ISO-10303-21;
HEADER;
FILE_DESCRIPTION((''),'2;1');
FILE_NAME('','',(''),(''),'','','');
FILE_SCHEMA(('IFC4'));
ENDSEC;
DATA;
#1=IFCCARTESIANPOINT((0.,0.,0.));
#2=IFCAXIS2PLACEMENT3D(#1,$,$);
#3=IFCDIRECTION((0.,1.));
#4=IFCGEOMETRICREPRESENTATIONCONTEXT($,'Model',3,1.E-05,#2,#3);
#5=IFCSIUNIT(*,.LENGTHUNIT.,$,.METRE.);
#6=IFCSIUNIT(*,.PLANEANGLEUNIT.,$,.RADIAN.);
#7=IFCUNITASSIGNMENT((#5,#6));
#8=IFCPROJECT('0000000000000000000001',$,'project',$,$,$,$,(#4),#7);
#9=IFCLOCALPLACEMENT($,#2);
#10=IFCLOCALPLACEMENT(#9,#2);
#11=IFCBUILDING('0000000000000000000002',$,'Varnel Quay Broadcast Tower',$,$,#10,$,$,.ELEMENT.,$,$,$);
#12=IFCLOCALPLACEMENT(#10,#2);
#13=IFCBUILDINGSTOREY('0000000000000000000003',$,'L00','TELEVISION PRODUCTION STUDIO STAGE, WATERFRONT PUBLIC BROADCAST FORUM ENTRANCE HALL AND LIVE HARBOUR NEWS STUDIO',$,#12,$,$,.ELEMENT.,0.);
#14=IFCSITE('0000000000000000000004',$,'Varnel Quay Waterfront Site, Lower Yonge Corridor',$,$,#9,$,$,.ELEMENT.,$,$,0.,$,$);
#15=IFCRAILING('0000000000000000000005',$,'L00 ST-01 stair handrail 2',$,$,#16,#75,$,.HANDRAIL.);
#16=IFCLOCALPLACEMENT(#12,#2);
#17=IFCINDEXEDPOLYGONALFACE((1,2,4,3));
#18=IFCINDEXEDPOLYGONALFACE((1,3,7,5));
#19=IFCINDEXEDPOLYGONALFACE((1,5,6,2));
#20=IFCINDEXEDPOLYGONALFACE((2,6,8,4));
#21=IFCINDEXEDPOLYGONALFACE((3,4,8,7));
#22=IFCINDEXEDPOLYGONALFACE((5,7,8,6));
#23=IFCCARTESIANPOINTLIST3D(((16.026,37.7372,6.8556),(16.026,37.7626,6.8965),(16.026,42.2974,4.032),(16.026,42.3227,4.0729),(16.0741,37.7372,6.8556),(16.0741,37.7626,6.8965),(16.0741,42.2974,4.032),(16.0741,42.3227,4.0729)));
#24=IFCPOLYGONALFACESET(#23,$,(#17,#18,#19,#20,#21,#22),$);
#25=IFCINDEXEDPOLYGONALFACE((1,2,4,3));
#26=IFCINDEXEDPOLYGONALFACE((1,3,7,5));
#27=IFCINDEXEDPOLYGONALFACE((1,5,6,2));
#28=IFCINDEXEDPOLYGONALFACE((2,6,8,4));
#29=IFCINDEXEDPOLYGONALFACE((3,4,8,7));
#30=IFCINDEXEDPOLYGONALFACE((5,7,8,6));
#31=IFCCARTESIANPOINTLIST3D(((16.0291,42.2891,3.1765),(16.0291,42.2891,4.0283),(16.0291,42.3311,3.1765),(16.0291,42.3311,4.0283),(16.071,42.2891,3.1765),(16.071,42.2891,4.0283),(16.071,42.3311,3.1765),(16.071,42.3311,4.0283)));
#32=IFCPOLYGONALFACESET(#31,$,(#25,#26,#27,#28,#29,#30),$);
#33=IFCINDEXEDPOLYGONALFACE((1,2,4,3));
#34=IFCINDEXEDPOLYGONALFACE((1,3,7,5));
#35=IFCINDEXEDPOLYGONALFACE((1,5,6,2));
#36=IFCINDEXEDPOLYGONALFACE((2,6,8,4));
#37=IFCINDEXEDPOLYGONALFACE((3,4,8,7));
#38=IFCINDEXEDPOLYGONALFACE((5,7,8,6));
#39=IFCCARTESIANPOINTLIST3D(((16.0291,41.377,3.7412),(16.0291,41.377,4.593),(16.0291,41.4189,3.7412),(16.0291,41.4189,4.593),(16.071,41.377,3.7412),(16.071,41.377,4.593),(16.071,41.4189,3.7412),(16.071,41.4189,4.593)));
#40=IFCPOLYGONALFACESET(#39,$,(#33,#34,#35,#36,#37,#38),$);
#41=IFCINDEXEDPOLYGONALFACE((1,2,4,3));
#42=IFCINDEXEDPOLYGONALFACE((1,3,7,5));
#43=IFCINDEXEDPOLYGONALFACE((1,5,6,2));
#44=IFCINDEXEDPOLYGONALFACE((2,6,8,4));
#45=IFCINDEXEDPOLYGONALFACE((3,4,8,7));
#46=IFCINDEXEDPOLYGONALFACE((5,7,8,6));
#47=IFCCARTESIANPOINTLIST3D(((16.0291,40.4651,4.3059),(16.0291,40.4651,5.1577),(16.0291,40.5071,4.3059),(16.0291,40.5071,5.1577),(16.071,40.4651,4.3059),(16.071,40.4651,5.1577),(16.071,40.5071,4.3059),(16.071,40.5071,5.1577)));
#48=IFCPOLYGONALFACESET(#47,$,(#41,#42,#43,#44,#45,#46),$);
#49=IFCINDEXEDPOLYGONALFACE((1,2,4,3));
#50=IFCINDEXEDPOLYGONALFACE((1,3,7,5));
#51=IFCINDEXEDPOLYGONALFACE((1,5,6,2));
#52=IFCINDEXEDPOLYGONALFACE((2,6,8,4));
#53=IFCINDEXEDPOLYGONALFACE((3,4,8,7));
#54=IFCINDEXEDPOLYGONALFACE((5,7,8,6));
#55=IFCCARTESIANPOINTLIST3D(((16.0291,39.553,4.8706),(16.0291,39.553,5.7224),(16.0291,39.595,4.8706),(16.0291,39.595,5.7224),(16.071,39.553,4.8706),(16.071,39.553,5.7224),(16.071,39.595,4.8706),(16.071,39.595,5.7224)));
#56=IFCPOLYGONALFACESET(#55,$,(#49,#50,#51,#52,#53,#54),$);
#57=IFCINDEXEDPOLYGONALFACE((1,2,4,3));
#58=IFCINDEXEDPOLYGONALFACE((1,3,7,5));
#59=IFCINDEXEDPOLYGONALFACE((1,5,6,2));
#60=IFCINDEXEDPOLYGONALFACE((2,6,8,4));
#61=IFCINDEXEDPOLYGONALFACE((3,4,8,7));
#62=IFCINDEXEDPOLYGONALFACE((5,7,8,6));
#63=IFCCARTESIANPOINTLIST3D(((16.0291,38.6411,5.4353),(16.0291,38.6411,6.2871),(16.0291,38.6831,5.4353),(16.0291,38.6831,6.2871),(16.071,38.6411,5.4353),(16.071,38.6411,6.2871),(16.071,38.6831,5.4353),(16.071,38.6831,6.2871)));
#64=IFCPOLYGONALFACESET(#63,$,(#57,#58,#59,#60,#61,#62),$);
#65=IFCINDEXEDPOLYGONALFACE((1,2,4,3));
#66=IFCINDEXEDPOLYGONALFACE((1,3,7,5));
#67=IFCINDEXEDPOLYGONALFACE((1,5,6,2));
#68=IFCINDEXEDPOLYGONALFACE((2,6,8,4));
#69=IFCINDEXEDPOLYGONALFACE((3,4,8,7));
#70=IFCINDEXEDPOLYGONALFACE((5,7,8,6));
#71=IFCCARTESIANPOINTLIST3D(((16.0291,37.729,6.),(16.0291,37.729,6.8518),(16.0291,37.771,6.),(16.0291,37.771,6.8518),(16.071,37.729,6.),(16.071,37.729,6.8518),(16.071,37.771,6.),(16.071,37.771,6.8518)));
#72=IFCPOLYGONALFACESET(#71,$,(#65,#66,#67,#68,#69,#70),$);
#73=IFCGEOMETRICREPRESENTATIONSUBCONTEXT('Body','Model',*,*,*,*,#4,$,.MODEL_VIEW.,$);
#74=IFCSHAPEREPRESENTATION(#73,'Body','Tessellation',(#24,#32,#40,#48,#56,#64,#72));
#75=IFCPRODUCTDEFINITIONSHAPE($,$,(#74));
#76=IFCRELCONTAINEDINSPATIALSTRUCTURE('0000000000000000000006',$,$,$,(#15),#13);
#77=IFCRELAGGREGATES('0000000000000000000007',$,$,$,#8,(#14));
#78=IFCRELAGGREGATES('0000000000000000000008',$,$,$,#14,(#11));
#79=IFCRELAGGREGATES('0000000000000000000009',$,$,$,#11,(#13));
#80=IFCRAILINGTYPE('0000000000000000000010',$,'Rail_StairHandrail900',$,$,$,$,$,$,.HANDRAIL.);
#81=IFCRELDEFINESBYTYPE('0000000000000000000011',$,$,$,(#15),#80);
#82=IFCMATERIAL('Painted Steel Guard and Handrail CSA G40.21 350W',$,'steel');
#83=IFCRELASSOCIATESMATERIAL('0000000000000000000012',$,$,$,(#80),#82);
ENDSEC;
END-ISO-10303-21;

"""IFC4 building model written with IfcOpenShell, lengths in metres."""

from ifc_helpers import new_model, si_unit, direction, frame, origin, origin_2d, place, context, subcontext, project, spatial, rectangle, extrude, material, type_object, element, save


model = new_model("IFC4")

# Units and contexts
model_context = context("Model", 3, precision=1e-05, world=origin(), true_north=direction((0.0, 1.0)))
body_context = subcontext(model_context, "Body", "Model", "MODEL_VIEW")
ifc_project = project(units=[si_unit("LENGTHUNIT", "METRE"), si_unit("PLANEANGLEUNIT", "RADIAN")], contexts=[model_context])

# Site, building, storey
site_placement = place(None, origin())
site = spatial("IfcSite", under=ifc_project, at=site_placement, Name="Varnel Quay Waterfront Site, Lower Yonge Corridor", CompositionType="ELEMENT", RefElevation=0.0)
building_placement = place(site_placement, origin())
building = spatial("IfcBuilding", under=site, at=building_placement, Name="Varnel Quay Broadcast Tower", CompositionType="ELEMENT")
storey_placement = place(building_placement, origin())
storey = spatial("IfcBuildingStorey", under=building, at=storey_placement, Name="L00", Description="TELEVISION PRODUCTION STUDIO STAGE, WATERFRONT PUBLIC BROADCAST FORUM ENTRANCE HALL AND LIVE HARBOUR NEWS STUDIO", CompositionType="ELEMENT", Elevation=0.0)

# Railing
ifc_material_1 = material(Name="Painted Steel Guard and Handrail CSA G40.21 350W", Category="steel")
railing_type_1 = type_object("IfcRailingType", Name="Rail_StairHandrail900", PredefinedType="HANDRAIL", material=ifc_material_1)
railing_1_placement = place(storey_placement, frame((16.05, 42.3101, 3.1765)))
element("IfcRailing", 1, at=railing_1_placement, inside=storey, type_object=railing_type_1, Name="L00 ST-01 stair handrail 2", PredefinedType="HANDRAIL", context=body_context, shape_type="SweptSolid", body=[
    extrude(rectangle(XDim=0.0481, YDim=0.0481, at=origin_2d()), frame((0.0, 0.0, 0.876), z_axis=(0.0, -0.850216, 0.526435), x_axis=(1.0, 0.0, 0.0)), (0.0, 0.0, 1.0), 5.3635),
    extrude(rectangle(XDim=0.042, YDim=0.042, at=origin_2d()), origin(), (0.0, 0.0, 1.0), 0.8518),
    extrude(rectangle(XDim=0.042, YDim=0.042, at=origin_2d()), frame((0.0, -0.9121, 0.5647)), (0.0, 0.0, 1.0), 0.8518),
    extrude(rectangle(XDim=0.042, YDim=0.042, at=origin_2d()), frame((0.0, -1.824, 1.1294)), (0.0, 0.0, 1.0), 0.8518),
    extrude(rectangle(XDim=0.042, YDim=0.042, at=origin_2d()), frame((0.0, -2.7361, 1.6941)), (0.0, 0.0, 1.0), 0.8518),
    extrude(rectangle(XDim=0.042, YDim=0.042, at=origin_2d()), frame((0.0, -3.6479, 2.2588)), (0.0, 0.0, 1.0), 0.8518),
    extrude(rectangle(XDim=0.042, YDim=0.042, at=origin_2d()), frame((0.0, -4.5601, 2.8235)), (0.0, 0.0, 1.0), 0.8518),
])

save(model, "model.ifc")
